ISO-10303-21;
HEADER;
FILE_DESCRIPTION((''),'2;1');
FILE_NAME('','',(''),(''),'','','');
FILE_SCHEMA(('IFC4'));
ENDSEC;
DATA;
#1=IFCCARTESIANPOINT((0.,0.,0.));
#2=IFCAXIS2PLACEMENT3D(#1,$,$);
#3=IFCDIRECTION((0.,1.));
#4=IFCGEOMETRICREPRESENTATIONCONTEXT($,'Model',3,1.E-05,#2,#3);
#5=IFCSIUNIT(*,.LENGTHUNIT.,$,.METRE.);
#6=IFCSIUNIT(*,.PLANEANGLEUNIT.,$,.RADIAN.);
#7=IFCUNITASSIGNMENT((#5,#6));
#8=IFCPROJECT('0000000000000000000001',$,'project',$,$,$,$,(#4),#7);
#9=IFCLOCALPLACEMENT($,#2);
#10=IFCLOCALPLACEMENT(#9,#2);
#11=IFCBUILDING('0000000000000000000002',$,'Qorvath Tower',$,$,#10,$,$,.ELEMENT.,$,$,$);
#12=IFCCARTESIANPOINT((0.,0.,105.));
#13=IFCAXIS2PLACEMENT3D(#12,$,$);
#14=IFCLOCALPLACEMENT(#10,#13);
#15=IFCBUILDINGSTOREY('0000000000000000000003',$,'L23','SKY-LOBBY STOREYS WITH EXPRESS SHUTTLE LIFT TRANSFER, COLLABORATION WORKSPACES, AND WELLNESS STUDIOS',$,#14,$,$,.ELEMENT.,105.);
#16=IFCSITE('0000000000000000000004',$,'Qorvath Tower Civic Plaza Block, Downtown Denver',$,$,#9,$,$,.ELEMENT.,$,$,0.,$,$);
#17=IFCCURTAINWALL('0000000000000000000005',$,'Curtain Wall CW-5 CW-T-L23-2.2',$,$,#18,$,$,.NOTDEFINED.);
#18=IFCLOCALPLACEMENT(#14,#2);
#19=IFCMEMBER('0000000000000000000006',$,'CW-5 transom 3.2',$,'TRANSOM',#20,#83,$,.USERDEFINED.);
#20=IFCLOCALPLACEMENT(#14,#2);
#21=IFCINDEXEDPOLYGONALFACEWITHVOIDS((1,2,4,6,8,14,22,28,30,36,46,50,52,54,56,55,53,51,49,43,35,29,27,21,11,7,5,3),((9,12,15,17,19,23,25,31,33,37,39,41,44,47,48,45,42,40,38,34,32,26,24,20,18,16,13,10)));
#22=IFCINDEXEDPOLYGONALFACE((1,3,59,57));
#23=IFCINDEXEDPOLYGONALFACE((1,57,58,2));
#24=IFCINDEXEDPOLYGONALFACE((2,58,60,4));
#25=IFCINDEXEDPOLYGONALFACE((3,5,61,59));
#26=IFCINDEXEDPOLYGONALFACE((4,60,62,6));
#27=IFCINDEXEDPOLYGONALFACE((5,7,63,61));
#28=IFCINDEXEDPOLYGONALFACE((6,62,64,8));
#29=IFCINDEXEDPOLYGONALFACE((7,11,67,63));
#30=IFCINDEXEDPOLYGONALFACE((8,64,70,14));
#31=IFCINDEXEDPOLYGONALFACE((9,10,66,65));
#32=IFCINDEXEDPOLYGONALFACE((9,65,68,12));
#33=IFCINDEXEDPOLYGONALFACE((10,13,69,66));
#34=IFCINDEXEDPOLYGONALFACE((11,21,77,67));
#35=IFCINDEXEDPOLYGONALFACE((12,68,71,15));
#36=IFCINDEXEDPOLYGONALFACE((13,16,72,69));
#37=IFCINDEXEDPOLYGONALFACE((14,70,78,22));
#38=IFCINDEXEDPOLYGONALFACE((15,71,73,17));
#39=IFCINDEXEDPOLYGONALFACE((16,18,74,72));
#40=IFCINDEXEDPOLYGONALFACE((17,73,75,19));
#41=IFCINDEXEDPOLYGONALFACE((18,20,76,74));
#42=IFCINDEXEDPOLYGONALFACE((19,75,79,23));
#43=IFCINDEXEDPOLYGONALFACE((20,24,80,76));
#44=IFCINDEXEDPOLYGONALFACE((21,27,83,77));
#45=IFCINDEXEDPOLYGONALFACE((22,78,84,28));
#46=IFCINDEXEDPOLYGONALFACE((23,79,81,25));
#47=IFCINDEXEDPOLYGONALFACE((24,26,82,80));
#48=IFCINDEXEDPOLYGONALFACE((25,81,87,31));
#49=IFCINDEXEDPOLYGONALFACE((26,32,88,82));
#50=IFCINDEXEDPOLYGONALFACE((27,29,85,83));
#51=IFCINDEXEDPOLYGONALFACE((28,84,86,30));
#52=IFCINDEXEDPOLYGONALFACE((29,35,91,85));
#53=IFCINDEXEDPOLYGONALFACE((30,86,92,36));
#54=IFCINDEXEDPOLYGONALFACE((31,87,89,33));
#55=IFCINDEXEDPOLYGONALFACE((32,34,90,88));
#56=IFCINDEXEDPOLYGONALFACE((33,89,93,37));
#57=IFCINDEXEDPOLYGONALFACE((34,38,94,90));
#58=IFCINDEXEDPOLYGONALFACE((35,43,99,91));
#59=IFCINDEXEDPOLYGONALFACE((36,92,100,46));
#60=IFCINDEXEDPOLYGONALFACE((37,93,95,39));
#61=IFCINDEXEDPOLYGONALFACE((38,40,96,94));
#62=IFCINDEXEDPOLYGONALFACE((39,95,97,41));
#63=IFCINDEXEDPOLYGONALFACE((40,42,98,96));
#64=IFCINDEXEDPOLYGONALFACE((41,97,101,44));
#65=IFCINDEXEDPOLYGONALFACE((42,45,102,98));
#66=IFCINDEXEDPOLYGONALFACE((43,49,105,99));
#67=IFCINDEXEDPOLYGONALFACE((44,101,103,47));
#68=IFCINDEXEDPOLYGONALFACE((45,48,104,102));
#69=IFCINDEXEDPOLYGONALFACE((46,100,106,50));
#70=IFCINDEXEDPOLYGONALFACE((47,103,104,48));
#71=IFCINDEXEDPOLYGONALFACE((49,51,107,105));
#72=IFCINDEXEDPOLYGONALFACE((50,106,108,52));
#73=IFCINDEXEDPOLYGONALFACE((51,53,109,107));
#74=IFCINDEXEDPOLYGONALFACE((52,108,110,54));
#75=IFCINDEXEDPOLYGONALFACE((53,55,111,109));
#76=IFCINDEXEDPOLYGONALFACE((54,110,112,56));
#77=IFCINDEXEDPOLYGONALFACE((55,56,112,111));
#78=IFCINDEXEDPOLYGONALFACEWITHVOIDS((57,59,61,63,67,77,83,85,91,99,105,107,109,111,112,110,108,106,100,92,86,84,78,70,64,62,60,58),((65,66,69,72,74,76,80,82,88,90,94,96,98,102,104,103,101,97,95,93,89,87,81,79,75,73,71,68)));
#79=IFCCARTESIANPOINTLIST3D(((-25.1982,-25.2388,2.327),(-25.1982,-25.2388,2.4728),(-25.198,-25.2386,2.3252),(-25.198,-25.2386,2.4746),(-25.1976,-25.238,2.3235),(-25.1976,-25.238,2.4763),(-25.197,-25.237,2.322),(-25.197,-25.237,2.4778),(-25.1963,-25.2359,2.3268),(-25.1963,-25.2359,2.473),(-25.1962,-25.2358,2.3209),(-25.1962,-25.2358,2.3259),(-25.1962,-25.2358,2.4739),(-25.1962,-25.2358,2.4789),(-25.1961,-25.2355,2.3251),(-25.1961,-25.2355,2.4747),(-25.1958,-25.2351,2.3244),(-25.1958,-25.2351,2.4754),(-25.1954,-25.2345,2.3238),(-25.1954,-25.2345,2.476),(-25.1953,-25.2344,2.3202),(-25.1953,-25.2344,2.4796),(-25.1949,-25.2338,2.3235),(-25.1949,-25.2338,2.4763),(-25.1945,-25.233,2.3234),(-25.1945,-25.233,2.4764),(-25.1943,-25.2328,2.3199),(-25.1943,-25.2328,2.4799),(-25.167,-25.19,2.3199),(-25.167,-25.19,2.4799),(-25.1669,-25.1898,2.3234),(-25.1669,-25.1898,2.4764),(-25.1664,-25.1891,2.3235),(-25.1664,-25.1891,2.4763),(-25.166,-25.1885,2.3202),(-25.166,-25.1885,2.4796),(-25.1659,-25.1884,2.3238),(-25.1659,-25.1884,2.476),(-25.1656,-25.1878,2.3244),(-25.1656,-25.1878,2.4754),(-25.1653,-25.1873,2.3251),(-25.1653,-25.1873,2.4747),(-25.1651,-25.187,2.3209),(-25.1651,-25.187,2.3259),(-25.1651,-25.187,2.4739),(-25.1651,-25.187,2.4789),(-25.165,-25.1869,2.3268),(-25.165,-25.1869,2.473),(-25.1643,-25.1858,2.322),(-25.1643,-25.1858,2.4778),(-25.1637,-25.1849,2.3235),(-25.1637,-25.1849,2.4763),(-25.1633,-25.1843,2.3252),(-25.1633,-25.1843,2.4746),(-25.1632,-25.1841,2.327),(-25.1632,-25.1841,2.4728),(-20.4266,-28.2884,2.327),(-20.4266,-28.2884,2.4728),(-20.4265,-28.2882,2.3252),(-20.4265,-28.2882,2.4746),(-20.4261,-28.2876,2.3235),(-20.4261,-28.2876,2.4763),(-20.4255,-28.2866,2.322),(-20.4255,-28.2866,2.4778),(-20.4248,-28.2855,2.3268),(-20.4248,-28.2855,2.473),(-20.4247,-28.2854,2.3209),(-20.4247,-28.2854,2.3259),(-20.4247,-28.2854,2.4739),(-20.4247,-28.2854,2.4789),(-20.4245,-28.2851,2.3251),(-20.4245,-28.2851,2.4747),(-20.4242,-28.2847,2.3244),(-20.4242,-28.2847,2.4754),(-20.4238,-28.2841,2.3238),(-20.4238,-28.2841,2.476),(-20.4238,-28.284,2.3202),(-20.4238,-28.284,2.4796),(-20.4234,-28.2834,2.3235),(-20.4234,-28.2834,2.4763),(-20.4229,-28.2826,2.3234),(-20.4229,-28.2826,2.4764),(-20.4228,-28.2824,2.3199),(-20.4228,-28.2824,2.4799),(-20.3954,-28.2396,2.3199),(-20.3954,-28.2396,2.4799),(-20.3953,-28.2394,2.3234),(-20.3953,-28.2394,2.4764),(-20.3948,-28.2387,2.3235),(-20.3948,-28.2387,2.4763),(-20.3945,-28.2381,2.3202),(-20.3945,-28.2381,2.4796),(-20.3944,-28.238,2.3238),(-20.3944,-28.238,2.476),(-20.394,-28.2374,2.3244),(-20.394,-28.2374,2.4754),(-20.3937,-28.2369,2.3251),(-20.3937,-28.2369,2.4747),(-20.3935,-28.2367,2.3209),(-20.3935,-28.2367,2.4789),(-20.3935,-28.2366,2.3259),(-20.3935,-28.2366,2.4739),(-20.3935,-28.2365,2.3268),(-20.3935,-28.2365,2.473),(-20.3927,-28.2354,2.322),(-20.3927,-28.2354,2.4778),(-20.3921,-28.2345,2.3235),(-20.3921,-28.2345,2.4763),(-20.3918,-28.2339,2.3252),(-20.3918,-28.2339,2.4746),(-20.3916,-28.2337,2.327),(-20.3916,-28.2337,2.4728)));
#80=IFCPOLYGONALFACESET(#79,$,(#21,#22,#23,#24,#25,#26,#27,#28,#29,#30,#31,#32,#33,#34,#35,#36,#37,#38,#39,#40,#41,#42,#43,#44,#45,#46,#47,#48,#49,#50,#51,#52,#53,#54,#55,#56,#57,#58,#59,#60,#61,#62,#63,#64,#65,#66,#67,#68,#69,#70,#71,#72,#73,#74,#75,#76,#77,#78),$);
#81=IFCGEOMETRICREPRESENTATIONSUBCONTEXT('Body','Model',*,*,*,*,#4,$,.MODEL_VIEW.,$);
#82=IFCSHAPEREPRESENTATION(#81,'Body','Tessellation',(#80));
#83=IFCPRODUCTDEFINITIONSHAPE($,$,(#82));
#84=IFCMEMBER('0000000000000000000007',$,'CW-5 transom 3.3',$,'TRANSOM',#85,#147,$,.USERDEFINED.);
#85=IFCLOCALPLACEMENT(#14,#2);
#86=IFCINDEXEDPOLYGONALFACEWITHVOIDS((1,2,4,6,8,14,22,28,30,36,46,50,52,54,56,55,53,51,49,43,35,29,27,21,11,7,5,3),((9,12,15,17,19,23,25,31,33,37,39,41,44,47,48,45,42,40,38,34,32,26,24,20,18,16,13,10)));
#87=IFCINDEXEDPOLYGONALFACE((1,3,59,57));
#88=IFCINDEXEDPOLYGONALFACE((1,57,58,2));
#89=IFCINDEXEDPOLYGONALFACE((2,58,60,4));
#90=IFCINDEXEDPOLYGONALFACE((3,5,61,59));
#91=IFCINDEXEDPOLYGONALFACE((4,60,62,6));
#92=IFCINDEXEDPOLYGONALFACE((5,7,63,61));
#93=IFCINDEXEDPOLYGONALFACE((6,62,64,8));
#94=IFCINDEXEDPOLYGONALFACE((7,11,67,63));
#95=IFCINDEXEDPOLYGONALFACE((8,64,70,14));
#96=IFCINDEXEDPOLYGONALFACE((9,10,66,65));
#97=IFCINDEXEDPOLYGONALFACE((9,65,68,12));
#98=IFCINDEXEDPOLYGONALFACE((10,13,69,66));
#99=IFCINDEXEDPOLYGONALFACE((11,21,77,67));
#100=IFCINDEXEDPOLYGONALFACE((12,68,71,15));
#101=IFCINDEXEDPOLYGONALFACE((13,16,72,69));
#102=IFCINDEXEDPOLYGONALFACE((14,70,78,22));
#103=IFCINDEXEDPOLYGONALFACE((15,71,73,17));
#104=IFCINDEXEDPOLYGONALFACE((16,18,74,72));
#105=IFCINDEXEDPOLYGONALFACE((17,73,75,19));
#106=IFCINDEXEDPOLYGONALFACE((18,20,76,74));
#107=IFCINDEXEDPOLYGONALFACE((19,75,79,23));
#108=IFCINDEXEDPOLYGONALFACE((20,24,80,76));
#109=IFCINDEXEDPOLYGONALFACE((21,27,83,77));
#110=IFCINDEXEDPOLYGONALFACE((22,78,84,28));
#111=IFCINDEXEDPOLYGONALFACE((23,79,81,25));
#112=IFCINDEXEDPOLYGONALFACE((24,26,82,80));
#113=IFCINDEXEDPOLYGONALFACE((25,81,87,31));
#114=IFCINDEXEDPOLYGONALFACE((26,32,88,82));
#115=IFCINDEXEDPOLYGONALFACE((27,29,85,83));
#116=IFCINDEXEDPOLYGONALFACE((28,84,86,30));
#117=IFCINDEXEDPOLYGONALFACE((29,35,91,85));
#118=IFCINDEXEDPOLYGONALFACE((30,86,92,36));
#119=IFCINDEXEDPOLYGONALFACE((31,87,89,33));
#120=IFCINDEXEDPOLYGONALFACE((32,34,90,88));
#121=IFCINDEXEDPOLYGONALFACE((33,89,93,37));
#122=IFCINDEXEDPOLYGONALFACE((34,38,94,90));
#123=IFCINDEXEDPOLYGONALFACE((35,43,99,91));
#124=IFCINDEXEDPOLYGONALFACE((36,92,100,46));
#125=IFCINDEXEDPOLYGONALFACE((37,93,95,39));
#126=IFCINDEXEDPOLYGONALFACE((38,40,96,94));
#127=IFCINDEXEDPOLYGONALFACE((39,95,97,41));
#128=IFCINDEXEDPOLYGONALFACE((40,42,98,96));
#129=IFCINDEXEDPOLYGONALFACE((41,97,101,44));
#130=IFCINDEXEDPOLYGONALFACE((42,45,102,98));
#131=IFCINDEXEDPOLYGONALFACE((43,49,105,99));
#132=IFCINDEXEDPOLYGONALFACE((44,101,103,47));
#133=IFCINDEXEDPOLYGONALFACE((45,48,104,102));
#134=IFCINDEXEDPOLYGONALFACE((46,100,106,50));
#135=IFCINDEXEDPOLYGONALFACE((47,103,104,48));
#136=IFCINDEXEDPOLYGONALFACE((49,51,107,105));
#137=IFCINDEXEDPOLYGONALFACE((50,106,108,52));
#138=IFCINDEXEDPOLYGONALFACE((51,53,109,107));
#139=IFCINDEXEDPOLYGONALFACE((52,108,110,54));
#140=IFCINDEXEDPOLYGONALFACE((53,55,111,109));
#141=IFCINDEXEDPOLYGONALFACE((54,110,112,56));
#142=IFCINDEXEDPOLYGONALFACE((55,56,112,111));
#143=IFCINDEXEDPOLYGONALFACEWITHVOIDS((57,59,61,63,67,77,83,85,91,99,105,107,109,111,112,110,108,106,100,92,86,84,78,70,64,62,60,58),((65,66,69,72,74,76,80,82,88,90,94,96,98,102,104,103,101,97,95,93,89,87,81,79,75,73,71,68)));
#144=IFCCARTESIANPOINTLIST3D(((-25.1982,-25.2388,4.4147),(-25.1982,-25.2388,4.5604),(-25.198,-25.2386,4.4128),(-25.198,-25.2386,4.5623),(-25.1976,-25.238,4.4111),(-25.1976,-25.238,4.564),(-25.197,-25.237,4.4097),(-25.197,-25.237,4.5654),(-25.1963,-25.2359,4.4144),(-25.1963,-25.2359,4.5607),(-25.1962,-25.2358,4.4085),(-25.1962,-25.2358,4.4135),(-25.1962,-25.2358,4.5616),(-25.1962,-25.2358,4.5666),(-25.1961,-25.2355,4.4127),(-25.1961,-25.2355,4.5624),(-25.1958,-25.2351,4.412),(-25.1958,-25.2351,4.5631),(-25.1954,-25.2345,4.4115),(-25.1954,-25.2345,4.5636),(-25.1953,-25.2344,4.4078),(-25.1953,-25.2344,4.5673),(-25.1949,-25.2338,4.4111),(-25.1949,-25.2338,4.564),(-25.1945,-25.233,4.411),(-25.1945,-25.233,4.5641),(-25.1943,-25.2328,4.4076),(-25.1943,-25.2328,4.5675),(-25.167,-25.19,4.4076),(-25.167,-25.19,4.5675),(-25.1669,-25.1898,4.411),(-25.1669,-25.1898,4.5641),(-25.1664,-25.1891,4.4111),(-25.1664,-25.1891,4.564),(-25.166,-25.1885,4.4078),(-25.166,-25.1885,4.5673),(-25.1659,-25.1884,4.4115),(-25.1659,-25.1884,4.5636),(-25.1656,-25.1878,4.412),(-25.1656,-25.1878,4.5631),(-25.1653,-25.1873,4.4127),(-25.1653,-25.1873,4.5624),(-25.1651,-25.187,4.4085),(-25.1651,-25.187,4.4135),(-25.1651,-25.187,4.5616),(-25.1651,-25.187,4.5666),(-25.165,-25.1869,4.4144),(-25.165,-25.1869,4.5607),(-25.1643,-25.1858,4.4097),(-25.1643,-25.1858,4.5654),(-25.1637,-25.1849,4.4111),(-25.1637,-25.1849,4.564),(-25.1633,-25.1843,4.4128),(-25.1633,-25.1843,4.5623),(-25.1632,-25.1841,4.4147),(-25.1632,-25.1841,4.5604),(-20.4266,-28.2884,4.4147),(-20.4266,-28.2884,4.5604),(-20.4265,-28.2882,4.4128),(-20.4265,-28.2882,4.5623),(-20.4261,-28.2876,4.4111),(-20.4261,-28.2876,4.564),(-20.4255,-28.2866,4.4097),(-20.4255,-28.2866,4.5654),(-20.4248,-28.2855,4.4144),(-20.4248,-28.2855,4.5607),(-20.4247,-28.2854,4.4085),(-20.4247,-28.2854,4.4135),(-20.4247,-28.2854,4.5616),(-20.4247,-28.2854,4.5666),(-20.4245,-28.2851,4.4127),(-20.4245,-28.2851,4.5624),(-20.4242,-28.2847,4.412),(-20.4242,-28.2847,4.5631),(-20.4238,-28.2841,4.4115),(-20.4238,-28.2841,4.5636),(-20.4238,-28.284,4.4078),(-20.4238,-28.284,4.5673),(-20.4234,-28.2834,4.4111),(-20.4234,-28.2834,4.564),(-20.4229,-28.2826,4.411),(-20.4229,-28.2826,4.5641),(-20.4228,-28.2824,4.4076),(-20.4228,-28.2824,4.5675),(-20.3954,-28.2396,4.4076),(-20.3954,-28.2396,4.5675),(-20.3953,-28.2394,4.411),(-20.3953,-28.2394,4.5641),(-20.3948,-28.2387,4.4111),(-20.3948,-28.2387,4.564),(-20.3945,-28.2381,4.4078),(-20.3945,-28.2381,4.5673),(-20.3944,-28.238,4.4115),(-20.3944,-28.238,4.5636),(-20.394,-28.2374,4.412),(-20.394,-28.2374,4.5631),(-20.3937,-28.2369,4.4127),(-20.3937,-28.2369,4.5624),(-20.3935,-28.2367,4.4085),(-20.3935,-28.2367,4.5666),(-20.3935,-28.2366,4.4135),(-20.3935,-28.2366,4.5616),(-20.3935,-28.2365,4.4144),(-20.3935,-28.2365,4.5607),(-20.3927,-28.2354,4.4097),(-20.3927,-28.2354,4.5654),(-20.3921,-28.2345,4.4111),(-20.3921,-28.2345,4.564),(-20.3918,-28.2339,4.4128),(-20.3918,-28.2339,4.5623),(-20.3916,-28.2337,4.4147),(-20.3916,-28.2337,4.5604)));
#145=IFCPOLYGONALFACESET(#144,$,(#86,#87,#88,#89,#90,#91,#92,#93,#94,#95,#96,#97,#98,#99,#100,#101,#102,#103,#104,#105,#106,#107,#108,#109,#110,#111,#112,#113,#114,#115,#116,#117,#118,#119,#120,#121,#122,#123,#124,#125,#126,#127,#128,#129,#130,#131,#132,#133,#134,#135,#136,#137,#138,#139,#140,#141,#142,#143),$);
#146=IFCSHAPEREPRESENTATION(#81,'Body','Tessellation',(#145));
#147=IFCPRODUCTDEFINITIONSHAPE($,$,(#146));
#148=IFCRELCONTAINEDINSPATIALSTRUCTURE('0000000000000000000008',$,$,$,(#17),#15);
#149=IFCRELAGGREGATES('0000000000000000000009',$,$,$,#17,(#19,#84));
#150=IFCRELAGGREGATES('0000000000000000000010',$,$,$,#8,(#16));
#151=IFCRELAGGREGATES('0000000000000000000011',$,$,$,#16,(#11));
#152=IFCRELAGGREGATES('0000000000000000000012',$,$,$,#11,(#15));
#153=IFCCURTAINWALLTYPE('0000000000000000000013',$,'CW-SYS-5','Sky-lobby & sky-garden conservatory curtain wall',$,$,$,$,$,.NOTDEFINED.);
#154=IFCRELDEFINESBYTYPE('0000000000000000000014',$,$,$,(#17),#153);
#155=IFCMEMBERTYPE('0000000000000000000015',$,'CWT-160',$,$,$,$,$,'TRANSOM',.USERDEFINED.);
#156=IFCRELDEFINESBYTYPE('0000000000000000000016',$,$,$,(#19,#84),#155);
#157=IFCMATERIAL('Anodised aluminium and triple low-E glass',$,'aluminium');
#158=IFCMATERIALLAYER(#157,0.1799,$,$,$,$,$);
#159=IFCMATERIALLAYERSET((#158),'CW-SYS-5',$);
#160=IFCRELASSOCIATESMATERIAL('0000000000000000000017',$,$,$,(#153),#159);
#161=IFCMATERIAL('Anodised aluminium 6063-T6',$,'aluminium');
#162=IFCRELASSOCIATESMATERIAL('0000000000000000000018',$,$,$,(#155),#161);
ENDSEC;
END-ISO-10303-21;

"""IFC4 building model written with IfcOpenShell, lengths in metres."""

from ifc_helpers import new_model, si_unit, direction, frame, origin, origin_2d, place, context, subcontext, project, spatial, hollow_rectangle, extrude, material, layer, layer_set, material_profile, profile_set, type_object, element, aggregate, save


model = new_model("IFC4")

# Units and contexts
model_context = context("Model", 3, precision=1e-05, world=origin(), true_north=direction((0.0, 1.0)))
body_context = subcontext(model_context, "Body", "Model", "MODEL_VIEW")
ifc_project = project(units=[si_unit("LENGTHUNIT", "METRE"), si_unit("PLANEANGLEUNIT", "RADIAN")], contexts=[model_context])

# Site, building, storey
site_placement = place(None, origin())
site = spatial("IfcSite", under=ifc_project, at=site_placement, Name="Qorvath Tower Civic Plaza Block, Downtown Denver", CompositionType="ELEMENT", RefElevation=0.0)
building_placement = place(site_placement, origin())
building = spatial("IfcBuilding", under=site, at=building_placement, Name="Qorvath Tower", CompositionType="ELEMENT")
storey_placement = place(building_placement, frame((0.0, 0.0, 105.0)))
storey = spatial("IfcBuildingStorey", under=building, at=storey_placement, Name="L23", Description="SKY-LOBBY STOREYS WITH EXPRESS SHUTTLE LIFT TRANSFER, COLLABORATION WORKSPACES, AND WELLNESS STUDIOS", CompositionType="ELEMENT", Elevation=105.0)

# Curtain wall, members
ifc_material_1 = material(Name="Anodised aluminium and triple low-E glass", Category="aluminium")
ifc_layer_1 = layer(ifc_material_1, 0.1799)
ifc_layer_set_1 = layer_set([ifc_layer_1], Name="CW-SYS-5")
curtain_wall_type = type_object("IfcCurtainWallType", Name="CW-SYS-5", Description="Sky-lobby & sky-garden conservatory curtain wall", PredefinedType="NOTDEFINED", material=ifc_layer_set_1)
curtain_wall_placement = place(storey_placement, origin())
curtain_wall = element("IfcCurtainWall", 1, at=curtain_wall_placement, inside=storey, type_object=curtain_wall_type, Name="Curtain Wall CW-5 CW-T-L23-2.2", PredefinedType="NOTDEFINED")
ifc_material_2 = material(Name="Anodised aluminium 6063-T6", Category="aluminium")
ifc_material_profile_1 = material_profile(ifc_material_2, hollow_rectangle(XDim=0.0649, YDim=0.1599, WallThickness=0.0034, InnerFilletRadius=0.0034, OuterFilletRadius=0.0071, at=origin_2d()), Name="CWT 160x65")
ifc_profile_set_1 = profile_set([ifc_material_profile_1], Name="Anodised aluminium 6063-T6")
member_type_1 = type_object("IfcMemberType", Name="CWT-160", ElementType="TRANSOM", PredefinedType="USERDEFINED", material=ifc_profile_set_1)
member_1_placement = place(storey_placement, frame((-25.1807, -25.2114, 2.3999), z_axis=(0.842607, -0.538529, 0.0), x_axis=(0.538529, 0.842607, 0.0)))
member_1 = element("IfcMember", 2, at=member_1_placement, type_object=member_type_1, Name="CW-5 transom 3.2", ObjectType="TRANSOM", PredefinedType="USERDEFINED", context=body_context, shape_type="SweptSolid", body=[
    extrude(hollow_rectangle(XDim=0.0649, YDim=0.1599, WallThickness=0.0034, InnerFilletRadius=0.0034, OuterFilletRadius=0.0071, at=origin_2d()), origin(), (0.0, 0.0, 1.0), 5.6628),
])
member_2_placement = place(storey_placement, frame((-25.1807, -25.2114, 4.4875), z_axis=(0.842607, -0.538529, 0.0), x_axis=(0.538529, 0.842607, 0.0)))
member_2 = element("IfcMember", 3, at=member_2_placement, type_object=member_type_1, Name="CW-5 transom 3.3", ObjectType="TRANSOM", PredefinedType="USERDEFINED", context=body_context, shape_type="SweptSolid", body=[
    extrude(hollow_rectangle(XDim=0.0649, YDim=0.1599, WallThickness=0.0034, InnerFilletRadius=0.0034, OuterFilletRadius=0.0071, at=origin_2d()), origin(), (0.0, 0.0, 1.0), 5.6628),
])

aggregate(curtain_wall, [member_1, member_2])

save(model, "model.ifc")
